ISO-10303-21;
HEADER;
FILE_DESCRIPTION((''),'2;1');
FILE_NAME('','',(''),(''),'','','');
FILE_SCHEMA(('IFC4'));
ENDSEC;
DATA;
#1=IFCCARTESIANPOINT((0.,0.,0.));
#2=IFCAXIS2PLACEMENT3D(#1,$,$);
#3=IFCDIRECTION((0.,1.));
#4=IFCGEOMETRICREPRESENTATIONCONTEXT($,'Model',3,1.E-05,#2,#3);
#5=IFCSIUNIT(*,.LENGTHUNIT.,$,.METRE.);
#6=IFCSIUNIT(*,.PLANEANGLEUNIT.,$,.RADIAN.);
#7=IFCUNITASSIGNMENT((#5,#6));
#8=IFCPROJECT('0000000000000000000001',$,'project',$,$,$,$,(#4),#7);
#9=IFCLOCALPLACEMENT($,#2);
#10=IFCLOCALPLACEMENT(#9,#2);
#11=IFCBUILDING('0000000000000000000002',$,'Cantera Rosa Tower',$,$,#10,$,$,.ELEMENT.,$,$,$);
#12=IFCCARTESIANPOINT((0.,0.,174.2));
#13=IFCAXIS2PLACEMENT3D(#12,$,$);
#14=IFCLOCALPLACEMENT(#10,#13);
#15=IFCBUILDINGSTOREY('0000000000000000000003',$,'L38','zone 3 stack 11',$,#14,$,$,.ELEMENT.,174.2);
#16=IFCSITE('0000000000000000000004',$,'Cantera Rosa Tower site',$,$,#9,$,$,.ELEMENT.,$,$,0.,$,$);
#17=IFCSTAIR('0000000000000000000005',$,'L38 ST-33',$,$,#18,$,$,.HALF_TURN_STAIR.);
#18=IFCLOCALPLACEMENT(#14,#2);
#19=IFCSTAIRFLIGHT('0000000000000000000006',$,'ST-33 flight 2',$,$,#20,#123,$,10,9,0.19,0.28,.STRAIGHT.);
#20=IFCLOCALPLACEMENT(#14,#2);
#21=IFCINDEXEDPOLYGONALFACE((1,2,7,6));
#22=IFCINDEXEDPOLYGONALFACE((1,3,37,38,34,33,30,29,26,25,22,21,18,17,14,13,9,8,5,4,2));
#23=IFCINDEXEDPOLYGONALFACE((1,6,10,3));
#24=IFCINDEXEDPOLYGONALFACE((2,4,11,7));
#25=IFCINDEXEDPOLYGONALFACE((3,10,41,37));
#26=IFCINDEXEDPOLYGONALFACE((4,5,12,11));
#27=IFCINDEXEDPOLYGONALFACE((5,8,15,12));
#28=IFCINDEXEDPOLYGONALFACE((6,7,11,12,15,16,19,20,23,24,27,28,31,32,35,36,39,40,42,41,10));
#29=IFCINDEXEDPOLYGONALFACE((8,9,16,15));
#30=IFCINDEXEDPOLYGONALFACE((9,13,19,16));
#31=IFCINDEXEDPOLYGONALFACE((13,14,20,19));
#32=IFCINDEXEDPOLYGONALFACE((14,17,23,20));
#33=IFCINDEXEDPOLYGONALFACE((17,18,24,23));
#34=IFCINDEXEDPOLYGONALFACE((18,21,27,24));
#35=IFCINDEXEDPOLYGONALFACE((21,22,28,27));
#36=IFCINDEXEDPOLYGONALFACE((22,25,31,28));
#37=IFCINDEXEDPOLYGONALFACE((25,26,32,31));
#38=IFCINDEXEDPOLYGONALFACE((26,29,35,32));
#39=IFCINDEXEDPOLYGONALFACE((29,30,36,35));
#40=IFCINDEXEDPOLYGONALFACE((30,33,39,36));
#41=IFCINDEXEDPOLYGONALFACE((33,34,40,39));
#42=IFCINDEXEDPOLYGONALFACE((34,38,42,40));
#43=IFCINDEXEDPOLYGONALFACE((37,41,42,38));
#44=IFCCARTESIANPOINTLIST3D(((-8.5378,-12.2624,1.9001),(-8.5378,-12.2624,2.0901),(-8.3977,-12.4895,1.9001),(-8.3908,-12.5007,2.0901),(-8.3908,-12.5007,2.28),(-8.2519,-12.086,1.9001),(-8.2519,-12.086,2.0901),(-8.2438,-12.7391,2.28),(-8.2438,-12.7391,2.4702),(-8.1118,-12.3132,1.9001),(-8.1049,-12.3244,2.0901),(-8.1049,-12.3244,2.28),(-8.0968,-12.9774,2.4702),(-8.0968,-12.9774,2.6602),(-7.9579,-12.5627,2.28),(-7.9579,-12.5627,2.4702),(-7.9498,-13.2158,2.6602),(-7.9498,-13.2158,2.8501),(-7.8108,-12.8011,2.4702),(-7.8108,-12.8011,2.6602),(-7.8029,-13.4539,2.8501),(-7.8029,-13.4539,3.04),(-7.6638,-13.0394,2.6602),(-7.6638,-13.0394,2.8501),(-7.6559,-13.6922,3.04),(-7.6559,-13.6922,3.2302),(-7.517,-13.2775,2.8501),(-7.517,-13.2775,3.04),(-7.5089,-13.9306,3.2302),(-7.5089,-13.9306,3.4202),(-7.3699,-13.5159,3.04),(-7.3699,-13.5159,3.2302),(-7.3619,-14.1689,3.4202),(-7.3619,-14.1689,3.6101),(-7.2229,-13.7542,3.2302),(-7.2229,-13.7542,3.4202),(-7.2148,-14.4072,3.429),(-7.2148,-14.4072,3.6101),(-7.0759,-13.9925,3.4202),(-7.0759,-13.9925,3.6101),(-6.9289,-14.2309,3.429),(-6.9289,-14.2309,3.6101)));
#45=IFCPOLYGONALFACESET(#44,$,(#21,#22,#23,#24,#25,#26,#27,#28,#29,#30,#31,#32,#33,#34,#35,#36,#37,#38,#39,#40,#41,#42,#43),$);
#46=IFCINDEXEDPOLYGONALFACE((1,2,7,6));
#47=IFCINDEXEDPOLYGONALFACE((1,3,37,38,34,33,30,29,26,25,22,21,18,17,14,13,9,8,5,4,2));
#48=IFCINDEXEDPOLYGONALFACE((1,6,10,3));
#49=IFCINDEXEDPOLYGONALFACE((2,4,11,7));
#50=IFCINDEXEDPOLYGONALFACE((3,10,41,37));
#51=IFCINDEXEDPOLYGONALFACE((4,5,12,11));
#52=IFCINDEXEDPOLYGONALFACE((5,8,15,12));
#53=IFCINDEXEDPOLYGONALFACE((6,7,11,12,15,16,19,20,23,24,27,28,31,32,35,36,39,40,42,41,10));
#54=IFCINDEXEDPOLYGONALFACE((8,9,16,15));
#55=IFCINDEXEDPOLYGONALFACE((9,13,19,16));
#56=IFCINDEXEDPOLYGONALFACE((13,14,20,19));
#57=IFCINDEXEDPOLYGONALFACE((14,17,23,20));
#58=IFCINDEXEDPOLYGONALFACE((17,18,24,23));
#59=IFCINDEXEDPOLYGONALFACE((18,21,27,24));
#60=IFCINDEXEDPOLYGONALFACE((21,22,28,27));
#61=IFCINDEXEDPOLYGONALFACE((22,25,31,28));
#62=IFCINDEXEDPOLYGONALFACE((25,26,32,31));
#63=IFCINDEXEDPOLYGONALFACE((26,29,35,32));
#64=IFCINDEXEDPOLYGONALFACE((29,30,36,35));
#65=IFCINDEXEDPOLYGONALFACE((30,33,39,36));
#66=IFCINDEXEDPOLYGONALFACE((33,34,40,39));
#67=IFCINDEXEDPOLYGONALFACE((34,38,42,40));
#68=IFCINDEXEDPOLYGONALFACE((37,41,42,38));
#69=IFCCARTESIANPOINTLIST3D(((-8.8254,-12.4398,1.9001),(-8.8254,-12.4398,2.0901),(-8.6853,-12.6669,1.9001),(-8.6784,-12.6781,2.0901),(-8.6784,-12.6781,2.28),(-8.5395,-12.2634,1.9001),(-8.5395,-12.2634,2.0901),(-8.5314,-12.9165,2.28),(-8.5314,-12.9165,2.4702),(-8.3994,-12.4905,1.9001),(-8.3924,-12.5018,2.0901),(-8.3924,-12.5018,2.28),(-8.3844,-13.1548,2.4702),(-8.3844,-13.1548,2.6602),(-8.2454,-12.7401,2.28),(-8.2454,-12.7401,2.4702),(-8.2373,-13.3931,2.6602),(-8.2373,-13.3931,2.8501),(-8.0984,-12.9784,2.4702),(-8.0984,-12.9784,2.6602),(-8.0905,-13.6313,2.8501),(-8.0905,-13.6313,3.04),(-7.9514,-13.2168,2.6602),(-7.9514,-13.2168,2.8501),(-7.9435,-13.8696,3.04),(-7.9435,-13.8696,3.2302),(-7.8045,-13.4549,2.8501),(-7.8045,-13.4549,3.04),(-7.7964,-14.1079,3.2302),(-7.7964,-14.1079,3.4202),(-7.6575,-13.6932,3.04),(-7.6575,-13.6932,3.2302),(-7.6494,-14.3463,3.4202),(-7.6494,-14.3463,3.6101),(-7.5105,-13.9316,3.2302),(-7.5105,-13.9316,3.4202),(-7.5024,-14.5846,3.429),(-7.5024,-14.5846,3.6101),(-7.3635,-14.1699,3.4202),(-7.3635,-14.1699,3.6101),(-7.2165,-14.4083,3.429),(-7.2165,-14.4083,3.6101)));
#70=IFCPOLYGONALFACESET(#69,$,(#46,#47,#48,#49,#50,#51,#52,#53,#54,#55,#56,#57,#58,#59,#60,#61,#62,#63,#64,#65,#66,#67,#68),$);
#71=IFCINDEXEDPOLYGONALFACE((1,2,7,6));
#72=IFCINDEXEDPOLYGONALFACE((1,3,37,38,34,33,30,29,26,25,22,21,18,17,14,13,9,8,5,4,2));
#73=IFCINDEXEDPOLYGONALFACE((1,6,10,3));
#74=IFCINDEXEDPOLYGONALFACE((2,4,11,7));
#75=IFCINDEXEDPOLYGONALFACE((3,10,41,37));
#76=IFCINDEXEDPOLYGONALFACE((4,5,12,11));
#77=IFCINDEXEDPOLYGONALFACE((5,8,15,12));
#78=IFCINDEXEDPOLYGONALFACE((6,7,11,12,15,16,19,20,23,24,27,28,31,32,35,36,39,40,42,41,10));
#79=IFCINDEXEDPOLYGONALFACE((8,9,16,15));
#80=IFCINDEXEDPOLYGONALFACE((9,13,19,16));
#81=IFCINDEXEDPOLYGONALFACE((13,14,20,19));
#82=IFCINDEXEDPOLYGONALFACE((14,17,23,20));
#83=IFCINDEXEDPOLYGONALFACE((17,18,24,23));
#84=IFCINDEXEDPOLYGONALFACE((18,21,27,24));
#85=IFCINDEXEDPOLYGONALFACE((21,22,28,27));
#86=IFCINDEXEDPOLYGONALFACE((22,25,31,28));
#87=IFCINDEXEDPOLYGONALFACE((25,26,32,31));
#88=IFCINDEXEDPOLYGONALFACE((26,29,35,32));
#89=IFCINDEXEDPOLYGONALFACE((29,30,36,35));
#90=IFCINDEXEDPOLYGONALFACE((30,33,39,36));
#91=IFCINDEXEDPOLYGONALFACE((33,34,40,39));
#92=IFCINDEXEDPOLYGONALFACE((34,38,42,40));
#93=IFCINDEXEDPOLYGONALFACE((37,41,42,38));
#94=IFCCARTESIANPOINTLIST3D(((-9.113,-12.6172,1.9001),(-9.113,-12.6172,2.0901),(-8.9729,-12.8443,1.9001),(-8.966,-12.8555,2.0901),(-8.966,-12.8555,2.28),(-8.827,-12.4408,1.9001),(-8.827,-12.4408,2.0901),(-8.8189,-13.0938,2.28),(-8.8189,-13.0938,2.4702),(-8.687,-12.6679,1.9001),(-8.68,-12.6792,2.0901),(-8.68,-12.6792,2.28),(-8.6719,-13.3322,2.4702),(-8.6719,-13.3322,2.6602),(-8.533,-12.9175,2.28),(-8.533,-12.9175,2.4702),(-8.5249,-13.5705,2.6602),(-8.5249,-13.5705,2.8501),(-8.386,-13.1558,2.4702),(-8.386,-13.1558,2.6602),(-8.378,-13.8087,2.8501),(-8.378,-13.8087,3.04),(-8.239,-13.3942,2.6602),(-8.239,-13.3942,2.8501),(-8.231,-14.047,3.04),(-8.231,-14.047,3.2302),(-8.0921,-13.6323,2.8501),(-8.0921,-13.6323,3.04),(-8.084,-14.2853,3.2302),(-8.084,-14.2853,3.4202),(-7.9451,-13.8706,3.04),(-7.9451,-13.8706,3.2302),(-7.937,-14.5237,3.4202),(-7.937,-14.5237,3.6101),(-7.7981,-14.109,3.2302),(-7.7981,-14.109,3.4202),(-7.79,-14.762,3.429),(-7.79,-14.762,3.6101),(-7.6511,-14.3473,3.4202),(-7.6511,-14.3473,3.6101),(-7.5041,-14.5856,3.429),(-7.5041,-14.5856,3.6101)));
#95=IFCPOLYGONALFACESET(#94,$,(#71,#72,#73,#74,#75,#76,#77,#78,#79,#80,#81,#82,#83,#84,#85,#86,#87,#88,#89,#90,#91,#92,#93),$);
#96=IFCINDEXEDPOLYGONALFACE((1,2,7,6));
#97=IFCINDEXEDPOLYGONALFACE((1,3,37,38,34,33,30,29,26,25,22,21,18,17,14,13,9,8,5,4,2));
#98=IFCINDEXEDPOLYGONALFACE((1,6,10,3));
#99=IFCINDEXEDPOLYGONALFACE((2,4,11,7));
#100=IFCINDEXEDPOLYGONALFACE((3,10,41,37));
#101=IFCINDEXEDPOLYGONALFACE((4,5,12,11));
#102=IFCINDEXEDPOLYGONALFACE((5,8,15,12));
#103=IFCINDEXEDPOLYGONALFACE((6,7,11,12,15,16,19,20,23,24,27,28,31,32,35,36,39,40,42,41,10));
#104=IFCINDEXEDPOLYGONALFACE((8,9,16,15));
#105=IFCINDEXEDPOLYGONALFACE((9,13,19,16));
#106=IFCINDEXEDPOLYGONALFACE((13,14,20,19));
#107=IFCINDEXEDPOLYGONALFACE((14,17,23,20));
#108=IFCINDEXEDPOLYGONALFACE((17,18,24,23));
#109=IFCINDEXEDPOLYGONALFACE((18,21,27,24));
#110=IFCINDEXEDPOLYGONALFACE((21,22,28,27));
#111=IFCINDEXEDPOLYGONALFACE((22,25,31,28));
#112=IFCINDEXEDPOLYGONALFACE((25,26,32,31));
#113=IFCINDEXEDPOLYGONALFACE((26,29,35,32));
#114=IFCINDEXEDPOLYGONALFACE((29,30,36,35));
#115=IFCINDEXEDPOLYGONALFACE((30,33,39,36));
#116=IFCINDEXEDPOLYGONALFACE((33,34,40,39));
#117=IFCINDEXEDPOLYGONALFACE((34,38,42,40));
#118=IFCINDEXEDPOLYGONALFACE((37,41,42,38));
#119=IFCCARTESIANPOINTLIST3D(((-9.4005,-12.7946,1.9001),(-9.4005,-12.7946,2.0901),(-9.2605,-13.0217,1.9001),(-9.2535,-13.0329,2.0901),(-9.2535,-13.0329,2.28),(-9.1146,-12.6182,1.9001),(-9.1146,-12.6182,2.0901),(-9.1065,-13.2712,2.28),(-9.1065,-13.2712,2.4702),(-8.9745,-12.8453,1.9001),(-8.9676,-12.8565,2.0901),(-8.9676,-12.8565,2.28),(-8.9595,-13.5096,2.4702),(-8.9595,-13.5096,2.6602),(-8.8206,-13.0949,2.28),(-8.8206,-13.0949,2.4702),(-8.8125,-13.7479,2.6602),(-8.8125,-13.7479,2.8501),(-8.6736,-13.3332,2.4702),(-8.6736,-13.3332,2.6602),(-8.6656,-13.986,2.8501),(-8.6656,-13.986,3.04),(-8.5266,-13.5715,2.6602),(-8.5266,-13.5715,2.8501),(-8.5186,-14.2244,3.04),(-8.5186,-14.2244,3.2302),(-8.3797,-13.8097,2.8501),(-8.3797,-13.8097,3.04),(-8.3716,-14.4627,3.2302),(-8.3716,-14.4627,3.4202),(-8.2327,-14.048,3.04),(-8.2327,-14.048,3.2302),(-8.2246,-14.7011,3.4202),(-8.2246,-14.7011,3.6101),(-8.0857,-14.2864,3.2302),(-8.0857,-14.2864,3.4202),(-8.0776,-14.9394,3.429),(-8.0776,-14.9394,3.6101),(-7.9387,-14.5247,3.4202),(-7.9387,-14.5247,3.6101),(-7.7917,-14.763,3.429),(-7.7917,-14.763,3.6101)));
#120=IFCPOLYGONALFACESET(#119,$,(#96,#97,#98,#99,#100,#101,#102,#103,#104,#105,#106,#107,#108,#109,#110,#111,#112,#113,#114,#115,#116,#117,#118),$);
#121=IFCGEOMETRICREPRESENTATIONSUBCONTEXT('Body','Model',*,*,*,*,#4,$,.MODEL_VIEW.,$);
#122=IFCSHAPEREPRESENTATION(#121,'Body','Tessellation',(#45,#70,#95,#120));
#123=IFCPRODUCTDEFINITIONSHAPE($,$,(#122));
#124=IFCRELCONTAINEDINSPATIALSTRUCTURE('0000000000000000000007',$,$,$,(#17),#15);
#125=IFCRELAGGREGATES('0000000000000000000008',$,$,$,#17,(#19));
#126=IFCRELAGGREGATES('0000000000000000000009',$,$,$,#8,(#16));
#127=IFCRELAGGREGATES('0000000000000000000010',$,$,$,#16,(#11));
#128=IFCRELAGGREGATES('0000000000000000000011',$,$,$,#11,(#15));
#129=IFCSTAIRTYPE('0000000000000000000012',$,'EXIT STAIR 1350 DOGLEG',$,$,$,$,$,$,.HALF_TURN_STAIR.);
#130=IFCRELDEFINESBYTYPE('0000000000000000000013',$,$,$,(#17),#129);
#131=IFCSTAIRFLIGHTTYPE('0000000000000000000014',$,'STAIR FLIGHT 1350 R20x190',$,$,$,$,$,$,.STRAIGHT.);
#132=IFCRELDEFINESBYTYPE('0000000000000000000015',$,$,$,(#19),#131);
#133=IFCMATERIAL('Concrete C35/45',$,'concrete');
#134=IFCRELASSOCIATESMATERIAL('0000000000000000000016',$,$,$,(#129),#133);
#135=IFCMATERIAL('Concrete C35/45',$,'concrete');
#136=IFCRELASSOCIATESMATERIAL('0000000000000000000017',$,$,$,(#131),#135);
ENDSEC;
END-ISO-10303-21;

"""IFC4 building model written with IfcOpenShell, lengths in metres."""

from ifc_helpers import new_model, si_unit, direction, frame, origin, place, context, subcontext, project, spatial, polyline, outline, extrude, material, type_object, element, aggregate, save


model = new_model("IFC4")

# Units and contexts
model_context = context("Model", 3, precision=1e-05, world=origin(), true_north=direction((0.0, 1.0)))
body_context = subcontext(model_context, "Body", "Model", "MODEL_VIEW")
ifc_project = project(units=[si_unit("LENGTHUNIT", "METRE"), si_unit("PLANEANGLEUNIT", "RADIAN")], contexts=[model_context])

# Site, building, storey
site_placement = place(None, origin())
site = spatial("IfcSite", under=ifc_project, at=site_placement, Name="Cantera Rosa Tower site", CompositionType="ELEMENT", RefElevation=0.0)
building_placement = place(site_placement, origin())
building = spatial("IfcBuilding", under=site, at=building_placement, Name="Cantera Rosa Tower", CompositionType="ELEMENT")
storey_placement = place(building_placement, frame((0.0, 0.0, 174.2)))
storey = spatial("IfcBuildingStorey", under=building, at=storey_placement, Name="L38", Description="zone 3 stack 11", CompositionType="ELEMENT", Elevation=174.2)

# Shared definitions
ifc_material_1 = material(Name="Concrete C35/45", Category="concrete")
stair_type = type_object("IfcStairType", Name="EXIT STAIR 1350 DOGLEG", PredefinedType="HALF_TURN_STAIR", material=ifc_material_1)
ifc_material_2 = material(Name="Concrete C35/45", Category="concrete")
stair_flight_type = type_object("IfcStairFlightType", Name="STAIR FLIGHT 1350 R20x190", PredefinedType="STRAIGHT", material=ifc_material_2)

# Stair, stair flight
stair_1_placement = place(storey_placement, origin())
stair_1 = element("IfcStair", 1, at=stair_1_placement, inside=storey, type_object=stair_type, Name="L38 ST-33", PredefinedType="HALF_TURN_STAIR")
stair_flight_1_placement = place(storey_placement, frame((-8.8264, -12.4404, 1.9001), z_axis=(0.0, 0.0, 1.0), x_axis=(0.524977, -0.851117, 0.0)))
stair_flight_1 = element("IfcStairFlight", 2, at=stair_flight_1_placement, type_object=stair_flight_type, Name="ST-33 flight 2", NumberOfRisers=10, NumberOfTreads=9, PredefinedType="STRAIGHT", RiserHeight=0.19, TreadLength=0.28, context=body_context, shape_type="SweptSolid", body=[
    extrude(outline(polyline([(0.0, 0.0), (0.0, 0.1899), (0.28, 0.1899), (0.28, 0.3799), (0.5601, 0.3799), (0.5601, 0.5701), (0.8401, 0.5701), (0.8401, 0.76), (1.1201, 0.76), (1.1201, 0.95), (1.3999, 0.95), (1.3999, 1.1399), (1.6799, 1.1399), (1.6799, 1.3301), (1.96, 1.3301), (1.96, 1.52), (2.24, 1.52), (2.24, 1.71), (2.52, 1.71), (2.52, 1.8999), (2.52, 1.5288), (0.2668, 0.0), (0.0, 0.0)])), frame((0.0, 0.675, 0.0), z_axis=(0.0, -1.0, 0.0), x_axis=(1.0, 0.0, 0.0)), (0.0, 0.0, 1.0), 0.3359),
    extrude(outline(polyline([(0.0, 0.0), (0.0, 0.1899), (0.28, 0.1899), (0.28, 0.3799), (0.5601, 0.3799), (0.5601, 0.5701), (0.8401, 0.5701), (0.8401, 0.76), (1.1201, 0.76), (1.1201, 0.95), (1.3999, 0.95), (1.3999, 1.1399), (1.6799, 1.1399), (1.6799, 1.3301), (1.96, 1.3301), (1.96, 1.52), (2.24, 1.52), (2.24, 1.71), (2.52, 1.71), (2.52, 1.8999), (2.52, 1.5288), (0.2668, 0.0), (0.0, 0.0)])), frame((0.0, 0.3372, 0.0), z_axis=(0.0, -1.0, 0.0), x_axis=(1.0, 0.0, 0.0)), (0.0, 0.0, 1.0), 0.3359),
    extrude(outline(polyline([(0.0, 0.0), (0.0, 0.1899), (0.28, 0.1899), (0.28, 0.3799), (0.5601, 0.3799), (0.5601, 0.5701), (0.8401, 0.5701), (0.8401, 0.76), (1.1201, 0.76), (1.1201, 0.95), (1.3999, 0.95), (1.3999, 1.1399), (1.6799, 1.1399), (1.6799, 1.3301), (1.96, 1.3301), (1.96, 1.52), (2.24, 1.52), (2.24, 1.71), (2.52, 1.71), (2.52, 1.8999), (2.52, 1.5288), (0.2668, 0.0), (0.0, 0.0)])), frame((0.0, -0.0007, 0.0), z_axis=(0.0, -1.0, 0.0), x_axis=(1.0, 0.0, 0.0)), (0.0, 0.0, 1.0), 0.3359),
    extrude(outline(polyline([(0.0, 0.0), (0.0, 0.1899), (0.28, 0.1899), (0.28, 0.3799), (0.5601, 0.3799), (0.5601, 0.5701), (0.8401, 0.5701), (0.8401, 0.76), (1.1201, 0.76), (1.1201, 0.95), (1.3999, 0.95), (1.3999, 1.1399), (1.6799, 1.1399), (1.6799, 1.3301), (1.96, 1.3301), (1.96, 1.52), (2.24, 1.52), (2.24, 1.71), (2.52, 1.71), (2.52, 1.8999), (2.52, 1.5288), (0.2668, 0.0), (0.0, 0.0)])), frame((0.0, -0.3386, 0.0), z_axis=(0.0, -1.0, 0.0), x_axis=(1.0, 0.0, 0.0)), (0.0, 0.0, 1.0), 0.3359),
])
aggregate(stair_1, [stair_flight_1])

save(model, "model.ifc")
